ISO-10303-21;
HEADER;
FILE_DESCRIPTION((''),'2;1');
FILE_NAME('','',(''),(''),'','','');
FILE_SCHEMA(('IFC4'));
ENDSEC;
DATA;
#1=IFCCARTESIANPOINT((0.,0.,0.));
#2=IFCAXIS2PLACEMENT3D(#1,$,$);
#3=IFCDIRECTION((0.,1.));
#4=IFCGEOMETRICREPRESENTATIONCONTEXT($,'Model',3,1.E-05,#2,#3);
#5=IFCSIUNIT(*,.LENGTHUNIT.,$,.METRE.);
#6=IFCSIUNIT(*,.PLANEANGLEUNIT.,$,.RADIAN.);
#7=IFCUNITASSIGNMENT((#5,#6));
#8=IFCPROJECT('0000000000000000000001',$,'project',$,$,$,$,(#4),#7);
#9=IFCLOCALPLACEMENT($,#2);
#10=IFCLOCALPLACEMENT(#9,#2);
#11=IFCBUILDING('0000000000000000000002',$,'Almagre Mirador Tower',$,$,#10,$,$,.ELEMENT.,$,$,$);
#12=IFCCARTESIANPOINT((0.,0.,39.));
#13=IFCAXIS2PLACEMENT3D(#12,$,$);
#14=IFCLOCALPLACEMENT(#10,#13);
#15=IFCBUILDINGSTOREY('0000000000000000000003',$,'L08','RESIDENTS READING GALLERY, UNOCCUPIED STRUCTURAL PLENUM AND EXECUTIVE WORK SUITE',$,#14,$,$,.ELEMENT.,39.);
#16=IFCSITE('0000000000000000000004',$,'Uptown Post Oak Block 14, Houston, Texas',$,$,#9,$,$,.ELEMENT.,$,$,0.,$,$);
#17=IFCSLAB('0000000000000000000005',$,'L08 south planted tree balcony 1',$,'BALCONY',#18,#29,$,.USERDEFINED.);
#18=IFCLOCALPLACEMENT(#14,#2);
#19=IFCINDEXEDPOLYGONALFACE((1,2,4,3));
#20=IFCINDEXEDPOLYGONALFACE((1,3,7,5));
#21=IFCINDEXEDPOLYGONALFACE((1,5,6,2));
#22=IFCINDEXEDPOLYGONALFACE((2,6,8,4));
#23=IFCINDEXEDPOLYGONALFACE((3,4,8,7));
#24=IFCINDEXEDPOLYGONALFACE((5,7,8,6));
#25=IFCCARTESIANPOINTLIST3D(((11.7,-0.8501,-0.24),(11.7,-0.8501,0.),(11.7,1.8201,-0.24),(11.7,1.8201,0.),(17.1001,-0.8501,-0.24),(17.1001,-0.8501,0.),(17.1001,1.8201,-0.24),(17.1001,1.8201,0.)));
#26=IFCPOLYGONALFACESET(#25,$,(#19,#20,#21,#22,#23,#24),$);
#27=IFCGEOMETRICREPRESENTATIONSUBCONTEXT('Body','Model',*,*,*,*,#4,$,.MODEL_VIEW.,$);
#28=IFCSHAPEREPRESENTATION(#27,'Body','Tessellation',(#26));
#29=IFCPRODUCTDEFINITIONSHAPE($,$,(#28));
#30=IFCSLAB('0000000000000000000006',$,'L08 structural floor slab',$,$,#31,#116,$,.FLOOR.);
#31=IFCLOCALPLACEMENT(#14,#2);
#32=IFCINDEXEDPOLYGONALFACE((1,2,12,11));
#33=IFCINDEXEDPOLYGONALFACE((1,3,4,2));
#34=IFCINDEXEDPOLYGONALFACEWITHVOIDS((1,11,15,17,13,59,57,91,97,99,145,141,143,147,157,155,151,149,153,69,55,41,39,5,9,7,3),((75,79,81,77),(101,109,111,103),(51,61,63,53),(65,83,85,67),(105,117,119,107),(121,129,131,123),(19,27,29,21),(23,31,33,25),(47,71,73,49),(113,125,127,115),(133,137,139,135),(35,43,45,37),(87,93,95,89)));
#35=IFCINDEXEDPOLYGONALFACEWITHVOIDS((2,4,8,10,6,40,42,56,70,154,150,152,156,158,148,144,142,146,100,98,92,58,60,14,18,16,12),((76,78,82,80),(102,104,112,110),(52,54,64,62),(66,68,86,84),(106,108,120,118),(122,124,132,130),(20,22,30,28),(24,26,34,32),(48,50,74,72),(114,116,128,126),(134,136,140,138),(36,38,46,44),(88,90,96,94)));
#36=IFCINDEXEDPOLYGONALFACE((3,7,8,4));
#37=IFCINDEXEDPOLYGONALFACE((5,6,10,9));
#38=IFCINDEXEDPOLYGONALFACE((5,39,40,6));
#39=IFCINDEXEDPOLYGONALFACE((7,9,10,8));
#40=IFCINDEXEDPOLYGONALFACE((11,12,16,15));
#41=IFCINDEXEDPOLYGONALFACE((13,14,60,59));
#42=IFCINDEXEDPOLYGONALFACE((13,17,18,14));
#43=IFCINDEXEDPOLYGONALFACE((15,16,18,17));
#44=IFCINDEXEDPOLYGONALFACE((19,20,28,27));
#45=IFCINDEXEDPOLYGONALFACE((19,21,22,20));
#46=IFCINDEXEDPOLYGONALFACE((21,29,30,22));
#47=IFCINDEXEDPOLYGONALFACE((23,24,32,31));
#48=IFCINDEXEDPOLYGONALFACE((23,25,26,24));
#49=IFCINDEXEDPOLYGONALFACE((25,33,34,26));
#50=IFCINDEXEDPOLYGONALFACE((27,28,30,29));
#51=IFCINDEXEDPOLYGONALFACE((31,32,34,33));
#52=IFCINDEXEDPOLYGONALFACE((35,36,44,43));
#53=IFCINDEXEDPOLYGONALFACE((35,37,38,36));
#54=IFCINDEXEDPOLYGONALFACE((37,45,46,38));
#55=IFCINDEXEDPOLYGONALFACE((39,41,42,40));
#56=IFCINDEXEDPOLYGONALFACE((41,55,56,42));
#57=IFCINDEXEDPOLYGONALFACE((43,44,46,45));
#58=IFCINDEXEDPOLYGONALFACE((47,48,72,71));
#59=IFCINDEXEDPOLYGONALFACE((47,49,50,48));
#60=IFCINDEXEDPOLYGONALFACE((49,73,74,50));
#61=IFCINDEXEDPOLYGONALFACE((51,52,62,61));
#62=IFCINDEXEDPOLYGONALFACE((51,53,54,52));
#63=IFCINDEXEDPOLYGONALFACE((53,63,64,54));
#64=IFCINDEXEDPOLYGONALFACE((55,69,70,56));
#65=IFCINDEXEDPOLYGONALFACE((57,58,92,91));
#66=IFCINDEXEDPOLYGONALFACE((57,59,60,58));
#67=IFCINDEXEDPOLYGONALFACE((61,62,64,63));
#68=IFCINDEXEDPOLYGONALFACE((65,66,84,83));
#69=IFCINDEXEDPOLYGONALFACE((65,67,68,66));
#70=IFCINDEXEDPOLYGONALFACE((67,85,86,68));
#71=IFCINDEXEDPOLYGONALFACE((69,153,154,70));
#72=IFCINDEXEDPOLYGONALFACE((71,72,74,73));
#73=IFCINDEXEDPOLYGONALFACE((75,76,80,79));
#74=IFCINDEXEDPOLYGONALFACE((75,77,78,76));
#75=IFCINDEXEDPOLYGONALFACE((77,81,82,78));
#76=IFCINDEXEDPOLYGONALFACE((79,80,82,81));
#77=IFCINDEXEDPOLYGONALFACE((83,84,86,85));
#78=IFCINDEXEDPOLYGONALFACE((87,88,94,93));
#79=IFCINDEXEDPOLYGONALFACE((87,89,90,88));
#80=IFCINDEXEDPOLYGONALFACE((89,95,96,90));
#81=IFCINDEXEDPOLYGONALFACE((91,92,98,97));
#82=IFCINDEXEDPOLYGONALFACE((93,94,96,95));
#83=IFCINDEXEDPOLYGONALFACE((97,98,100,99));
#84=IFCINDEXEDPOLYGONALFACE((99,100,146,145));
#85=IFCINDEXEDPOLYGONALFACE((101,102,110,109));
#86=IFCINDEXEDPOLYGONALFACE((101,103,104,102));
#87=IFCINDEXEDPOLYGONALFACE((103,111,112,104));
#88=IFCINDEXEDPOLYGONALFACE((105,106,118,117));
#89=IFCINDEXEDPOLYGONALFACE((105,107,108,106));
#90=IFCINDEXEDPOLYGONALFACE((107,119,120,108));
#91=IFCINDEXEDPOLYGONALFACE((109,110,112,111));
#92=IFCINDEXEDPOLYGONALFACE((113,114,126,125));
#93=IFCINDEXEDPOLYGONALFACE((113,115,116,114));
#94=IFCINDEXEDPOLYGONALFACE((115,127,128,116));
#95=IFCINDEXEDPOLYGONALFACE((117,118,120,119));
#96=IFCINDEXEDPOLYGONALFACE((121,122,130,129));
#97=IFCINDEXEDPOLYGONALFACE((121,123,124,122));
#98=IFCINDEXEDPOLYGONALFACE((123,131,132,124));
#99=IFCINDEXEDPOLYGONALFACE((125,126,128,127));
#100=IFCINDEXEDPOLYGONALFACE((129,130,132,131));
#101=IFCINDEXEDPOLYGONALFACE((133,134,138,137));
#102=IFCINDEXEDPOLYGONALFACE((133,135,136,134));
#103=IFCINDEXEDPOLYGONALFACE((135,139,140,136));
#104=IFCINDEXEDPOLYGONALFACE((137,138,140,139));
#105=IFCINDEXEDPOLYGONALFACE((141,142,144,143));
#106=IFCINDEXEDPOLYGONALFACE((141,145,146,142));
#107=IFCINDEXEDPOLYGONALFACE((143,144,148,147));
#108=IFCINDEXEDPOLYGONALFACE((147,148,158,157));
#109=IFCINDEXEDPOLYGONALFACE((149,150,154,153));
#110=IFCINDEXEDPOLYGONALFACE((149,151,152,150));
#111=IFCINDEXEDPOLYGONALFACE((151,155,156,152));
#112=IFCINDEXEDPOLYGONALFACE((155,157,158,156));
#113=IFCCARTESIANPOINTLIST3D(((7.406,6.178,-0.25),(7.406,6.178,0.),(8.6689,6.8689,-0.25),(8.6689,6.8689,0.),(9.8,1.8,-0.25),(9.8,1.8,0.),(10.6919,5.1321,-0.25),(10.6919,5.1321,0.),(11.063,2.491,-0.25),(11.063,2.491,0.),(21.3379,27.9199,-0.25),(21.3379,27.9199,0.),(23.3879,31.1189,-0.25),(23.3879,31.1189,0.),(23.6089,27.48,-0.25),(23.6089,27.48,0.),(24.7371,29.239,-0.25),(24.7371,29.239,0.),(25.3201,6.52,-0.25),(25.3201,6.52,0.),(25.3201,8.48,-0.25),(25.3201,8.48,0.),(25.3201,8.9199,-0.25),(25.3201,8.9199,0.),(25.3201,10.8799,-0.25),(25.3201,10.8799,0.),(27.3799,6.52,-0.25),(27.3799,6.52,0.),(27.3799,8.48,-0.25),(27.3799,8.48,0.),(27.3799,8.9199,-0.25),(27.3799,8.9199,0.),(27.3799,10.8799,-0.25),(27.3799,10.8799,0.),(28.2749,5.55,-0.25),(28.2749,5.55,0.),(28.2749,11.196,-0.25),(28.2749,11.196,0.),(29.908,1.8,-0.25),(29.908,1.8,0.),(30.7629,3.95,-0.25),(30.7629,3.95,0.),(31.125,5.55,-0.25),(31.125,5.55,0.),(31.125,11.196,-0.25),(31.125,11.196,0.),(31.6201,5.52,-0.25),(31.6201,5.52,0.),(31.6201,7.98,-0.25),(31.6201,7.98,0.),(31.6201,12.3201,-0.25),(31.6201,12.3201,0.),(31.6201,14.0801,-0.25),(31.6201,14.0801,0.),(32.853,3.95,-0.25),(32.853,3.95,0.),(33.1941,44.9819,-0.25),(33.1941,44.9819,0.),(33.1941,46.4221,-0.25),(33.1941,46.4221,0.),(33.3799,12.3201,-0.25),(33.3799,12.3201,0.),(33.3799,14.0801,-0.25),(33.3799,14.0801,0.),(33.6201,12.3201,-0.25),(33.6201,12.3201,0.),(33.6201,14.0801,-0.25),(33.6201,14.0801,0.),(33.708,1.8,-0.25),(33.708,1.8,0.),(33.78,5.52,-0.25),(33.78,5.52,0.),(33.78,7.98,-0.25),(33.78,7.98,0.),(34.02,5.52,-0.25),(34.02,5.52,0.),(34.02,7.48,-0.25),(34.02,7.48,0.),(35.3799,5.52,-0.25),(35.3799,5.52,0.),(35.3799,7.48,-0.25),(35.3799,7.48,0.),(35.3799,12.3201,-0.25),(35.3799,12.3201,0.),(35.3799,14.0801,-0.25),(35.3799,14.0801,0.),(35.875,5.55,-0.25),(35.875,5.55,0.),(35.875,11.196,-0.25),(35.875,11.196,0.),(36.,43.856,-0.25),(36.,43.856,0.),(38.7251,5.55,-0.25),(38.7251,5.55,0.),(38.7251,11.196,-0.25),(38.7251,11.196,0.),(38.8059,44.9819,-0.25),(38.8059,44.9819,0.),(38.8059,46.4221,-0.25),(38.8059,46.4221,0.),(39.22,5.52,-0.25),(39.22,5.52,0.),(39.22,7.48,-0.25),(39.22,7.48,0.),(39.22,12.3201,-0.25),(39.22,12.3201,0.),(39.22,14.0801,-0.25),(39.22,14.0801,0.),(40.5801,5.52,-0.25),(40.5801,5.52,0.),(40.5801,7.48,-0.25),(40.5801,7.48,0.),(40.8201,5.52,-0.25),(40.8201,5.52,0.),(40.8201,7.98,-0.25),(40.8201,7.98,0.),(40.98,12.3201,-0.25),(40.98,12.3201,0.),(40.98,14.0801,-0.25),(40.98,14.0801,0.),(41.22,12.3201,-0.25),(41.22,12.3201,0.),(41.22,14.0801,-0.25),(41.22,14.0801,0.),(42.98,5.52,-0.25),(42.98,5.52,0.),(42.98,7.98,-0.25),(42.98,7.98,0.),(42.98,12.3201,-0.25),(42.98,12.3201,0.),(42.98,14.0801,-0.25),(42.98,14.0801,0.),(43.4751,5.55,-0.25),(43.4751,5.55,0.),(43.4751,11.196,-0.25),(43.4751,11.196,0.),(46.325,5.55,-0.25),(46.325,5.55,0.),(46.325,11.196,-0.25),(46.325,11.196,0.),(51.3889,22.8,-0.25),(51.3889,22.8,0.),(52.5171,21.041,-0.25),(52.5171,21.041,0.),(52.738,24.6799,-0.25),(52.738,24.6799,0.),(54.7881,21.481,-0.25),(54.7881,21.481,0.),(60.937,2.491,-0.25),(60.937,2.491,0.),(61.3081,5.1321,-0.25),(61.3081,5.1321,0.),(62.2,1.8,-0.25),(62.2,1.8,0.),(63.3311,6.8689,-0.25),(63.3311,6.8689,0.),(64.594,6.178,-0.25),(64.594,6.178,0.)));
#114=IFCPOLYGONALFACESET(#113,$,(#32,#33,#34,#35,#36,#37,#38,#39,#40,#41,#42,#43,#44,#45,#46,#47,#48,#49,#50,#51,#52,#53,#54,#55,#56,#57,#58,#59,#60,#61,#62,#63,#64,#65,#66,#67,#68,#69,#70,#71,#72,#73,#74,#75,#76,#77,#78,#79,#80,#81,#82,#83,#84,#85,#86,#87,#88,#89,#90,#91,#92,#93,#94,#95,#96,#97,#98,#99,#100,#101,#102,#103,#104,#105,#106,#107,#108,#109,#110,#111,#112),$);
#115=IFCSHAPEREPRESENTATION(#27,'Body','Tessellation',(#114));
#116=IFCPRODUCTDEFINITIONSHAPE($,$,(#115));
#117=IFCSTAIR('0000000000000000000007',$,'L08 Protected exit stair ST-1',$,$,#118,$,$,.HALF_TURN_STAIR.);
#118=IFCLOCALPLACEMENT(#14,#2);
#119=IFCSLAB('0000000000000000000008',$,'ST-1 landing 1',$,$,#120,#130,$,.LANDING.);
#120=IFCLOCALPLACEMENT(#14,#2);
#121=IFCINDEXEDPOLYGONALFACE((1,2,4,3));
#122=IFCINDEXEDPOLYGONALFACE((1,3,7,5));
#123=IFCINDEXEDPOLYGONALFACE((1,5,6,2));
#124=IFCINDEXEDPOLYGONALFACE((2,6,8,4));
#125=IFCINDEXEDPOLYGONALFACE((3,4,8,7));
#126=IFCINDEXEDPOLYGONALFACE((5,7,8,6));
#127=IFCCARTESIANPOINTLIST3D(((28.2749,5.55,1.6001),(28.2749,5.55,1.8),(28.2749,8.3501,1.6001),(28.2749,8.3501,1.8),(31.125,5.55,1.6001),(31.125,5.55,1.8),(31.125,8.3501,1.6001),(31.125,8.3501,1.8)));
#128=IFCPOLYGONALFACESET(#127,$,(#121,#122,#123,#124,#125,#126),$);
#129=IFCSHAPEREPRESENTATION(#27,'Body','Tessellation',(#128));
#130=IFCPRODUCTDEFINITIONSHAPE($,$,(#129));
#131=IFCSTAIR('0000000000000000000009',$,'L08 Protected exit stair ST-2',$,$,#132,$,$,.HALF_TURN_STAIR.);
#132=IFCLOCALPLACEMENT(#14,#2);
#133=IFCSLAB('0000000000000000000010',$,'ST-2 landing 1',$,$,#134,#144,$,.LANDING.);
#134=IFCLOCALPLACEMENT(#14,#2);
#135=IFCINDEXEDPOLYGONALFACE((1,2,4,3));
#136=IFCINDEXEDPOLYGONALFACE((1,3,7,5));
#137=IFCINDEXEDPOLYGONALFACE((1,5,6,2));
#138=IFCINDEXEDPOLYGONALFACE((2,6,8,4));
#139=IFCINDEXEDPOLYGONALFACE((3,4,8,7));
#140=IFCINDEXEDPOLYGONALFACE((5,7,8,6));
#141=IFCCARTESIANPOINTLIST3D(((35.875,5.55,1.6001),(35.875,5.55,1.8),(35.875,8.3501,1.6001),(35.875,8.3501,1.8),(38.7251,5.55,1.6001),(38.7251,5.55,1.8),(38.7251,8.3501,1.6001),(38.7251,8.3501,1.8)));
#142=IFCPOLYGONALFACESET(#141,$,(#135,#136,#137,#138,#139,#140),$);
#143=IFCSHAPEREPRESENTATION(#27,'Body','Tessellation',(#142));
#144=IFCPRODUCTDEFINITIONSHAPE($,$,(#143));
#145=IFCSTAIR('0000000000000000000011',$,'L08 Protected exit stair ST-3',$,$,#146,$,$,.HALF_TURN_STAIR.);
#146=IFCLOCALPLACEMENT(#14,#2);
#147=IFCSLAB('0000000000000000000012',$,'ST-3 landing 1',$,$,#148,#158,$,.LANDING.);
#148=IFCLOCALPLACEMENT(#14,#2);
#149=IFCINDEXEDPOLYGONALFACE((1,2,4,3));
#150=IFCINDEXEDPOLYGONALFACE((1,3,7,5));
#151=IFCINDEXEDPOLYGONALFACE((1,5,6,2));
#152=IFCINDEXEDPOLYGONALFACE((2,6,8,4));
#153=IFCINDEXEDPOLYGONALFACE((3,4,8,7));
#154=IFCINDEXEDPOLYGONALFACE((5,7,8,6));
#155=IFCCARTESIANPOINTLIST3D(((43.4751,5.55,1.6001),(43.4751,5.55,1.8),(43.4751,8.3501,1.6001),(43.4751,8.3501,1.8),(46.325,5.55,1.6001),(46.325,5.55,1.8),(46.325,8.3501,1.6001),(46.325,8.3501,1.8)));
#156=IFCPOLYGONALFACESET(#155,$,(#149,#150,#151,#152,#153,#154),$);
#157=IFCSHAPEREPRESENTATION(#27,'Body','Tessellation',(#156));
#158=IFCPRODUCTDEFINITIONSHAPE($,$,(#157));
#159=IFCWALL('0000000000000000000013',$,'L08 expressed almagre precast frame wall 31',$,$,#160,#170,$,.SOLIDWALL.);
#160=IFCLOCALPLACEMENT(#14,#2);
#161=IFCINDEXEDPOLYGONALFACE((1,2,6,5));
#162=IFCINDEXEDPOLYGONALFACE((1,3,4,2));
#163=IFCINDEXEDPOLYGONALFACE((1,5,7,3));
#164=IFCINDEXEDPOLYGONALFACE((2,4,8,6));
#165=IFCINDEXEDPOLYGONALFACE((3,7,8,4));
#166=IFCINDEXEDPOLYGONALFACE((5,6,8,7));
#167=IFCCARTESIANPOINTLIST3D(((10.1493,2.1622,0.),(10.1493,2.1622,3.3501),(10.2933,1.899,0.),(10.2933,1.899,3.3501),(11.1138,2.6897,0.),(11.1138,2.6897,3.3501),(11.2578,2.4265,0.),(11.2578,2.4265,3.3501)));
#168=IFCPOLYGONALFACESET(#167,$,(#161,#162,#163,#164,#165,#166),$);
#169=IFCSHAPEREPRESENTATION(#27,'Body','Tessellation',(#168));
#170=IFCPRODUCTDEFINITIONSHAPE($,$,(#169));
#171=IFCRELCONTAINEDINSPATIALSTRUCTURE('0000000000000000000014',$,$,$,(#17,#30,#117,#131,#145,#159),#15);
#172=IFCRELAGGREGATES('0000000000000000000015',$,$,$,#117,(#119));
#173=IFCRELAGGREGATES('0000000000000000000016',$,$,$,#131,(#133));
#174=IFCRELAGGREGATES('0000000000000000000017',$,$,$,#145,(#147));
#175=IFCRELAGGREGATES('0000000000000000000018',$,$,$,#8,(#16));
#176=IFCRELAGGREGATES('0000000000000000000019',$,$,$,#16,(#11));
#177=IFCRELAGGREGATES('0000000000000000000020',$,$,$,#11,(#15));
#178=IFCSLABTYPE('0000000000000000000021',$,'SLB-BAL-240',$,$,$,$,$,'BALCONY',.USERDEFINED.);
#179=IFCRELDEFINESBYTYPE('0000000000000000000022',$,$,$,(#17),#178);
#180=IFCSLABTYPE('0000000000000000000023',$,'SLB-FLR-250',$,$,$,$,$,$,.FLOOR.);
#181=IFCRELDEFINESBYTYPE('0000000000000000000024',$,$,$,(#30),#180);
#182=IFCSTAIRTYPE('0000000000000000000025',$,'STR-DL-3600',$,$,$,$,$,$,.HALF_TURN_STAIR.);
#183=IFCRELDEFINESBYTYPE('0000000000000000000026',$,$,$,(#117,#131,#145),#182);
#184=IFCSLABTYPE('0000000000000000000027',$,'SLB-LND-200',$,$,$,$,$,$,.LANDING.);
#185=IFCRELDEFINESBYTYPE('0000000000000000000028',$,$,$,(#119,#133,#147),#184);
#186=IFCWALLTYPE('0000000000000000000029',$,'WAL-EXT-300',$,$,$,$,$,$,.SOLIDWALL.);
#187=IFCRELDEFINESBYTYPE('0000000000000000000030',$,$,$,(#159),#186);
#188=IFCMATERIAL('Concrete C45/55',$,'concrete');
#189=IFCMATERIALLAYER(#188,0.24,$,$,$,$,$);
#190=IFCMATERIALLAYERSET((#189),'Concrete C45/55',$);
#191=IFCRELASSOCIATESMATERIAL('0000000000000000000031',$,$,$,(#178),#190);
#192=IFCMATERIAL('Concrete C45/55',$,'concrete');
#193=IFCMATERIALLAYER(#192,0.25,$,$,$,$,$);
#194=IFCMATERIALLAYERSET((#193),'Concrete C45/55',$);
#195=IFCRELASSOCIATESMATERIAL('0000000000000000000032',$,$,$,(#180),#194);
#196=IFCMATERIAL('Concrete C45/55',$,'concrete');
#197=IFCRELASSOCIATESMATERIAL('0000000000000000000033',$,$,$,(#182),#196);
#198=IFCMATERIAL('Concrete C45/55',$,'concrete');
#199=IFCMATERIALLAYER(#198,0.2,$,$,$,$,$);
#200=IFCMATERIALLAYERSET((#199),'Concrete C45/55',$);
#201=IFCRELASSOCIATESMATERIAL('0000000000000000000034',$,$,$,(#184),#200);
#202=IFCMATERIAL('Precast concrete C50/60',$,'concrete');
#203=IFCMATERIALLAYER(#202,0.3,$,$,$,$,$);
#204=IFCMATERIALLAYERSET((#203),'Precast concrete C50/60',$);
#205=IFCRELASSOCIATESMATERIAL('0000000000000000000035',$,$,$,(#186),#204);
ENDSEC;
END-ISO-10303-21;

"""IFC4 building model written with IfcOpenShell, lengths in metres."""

from ifc_helpers import new_model, si_unit, direction, frame, frame_2d, origin, place, context, subcontext, project, spatial, polyline, rectangle, outline, extrude, material, layer, layer_set, type_object, element, aggregate, save


model = new_model("IFC4")

# Units and contexts
model_context = context("Model", 3, precision=1e-05, world=origin(), true_north=direction((0.0, 1.0)))
body_context = subcontext(model_context, "Body", "Model", "MODEL_VIEW")
ifc_project = project(units=[si_unit("LENGTHUNIT", "METRE"), si_unit("PLANEANGLEUNIT", "RADIAN")], contexts=[model_context])

# Site, building, storey
site_placement = place(None, origin())
site = spatial("IfcSite", under=ifc_project, at=site_placement, Name="Uptown Post Oak Block 14, Houston, Texas", CompositionType="ELEMENT", RefElevation=0.0)
building_placement = place(site_placement, origin())
building = spatial("IfcBuilding", under=site, at=building_placement, Name="Almagre Mirador Tower", CompositionType="ELEMENT")
storey_placement = place(building_placement, frame((0.0, 0.0, 39.0)))
storey = spatial("IfcBuildingStorey", under=building, at=storey_placement, Name="L08", Description="RESIDENTS READING GALLERY, UNOCCUPIED STRUCTURAL PLENUM AND EXECUTIVE WORK SUITE", CompositionType="ELEMENT", Elevation=39.0)

# Slabs
ifc_material_1 = material(Name="Concrete C45/55", Category="concrete")
ifc_layer_1 = layer(ifc_material_1, 0.24)
ifc_layer_set_1 = layer_set([ifc_layer_1], Name="Concrete C45/55")
slab_type_1 = type_object("IfcSlabType", Name="SLB-BAL-240", ElementType="BALCONY", PredefinedType="USERDEFINED", material=ifc_layer_set_1)
slab_1_placement = place(storey_placement, frame((0.0, 0.0, -0.24)))
element("IfcSlab", 1, at=slab_1_placement, inside=storey, type_object=slab_type_1, Name="L08 south planted tree balcony 1", ObjectType="BALCONY", PredefinedType="USERDEFINED", context=body_context, shape_type="SweptSolid", body=[
    extrude(outline(polyline([(11.7, 1.8201), (17.1001, 1.8201), (17.1001, -0.8501), (11.7, -0.8501), (11.7, 1.8201)])), origin(), (0.0, 0.0, 1.0), 0.24),
])
ifc_material_2 = material(Name="Concrete C45/55", Category="concrete")
ifc_layer_2 = layer(ifc_material_2, 0.25)
ifc_layer_set_2 = layer_set([ifc_layer_2], Name="Concrete C45/55")
slab_type_2 = type_object("IfcSlabType", Name="SLB-FLR-250", PredefinedType="FLOOR", material=ifc_layer_set_2)
slab_2_placement = place(storey_placement, frame((0.0, 0.0, -0.25)))
element("IfcSlab", 2, at=slab_2_placement, inside=storey, type_object=slab_type_2, Name="L08 structural floor slab", PredefinedType="FLOOR", context=body_context, shape_type="SweptSolid", body=[
    extrude(outline(polyline([(7.406, 6.178), (8.6689, 6.8689), (10.6919, 5.1321), (11.063, 2.491), (9.8, 1.8), (29.908, 1.8), (30.7629, 3.95), (32.853, 3.95), (33.708, 1.8), (62.2, 1.8), (60.937, 2.491), (61.3081, 5.1321), (63.3311, 6.8689), (64.594, 6.178), (54.7881, 21.481), (52.5171, 21.041), (51.3889, 22.8), (52.738, 24.6799), (38.8059, 46.4221), (38.8059, 44.9819), (36.0, 43.856), (33.1941, 44.9819), (33.1941, 46.4221), (23.3879, 31.1189), (24.7371, 29.239), (23.6089, 27.48), (21.3379, 27.9199), (7.406, 6.178)]), holes=[polyline([(43.4751, 11.196), (46.325, 11.196), (46.325, 5.55), (43.4751, 5.55), (43.4751, 11.196)]), polyline([(40.8201, 5.52), (40.8201, 7.98), (42.98, 7.98), (42.98, 5.52), (40.8201, 5.52)]), polyline([(41.22, 12.3201), (41.22, 14.0801), (42.98, 14.0801), (42.98, 12.3201), (41.22, 12.3201)]), polyline([(39.22, 12.3201), (39.22, 14.0801), (40.98, 14.0801), (40.98, 12.3201), (39.22, 12.3201)]), polyline([(39.22, 5.52), (39.22, 7.48), (40.5801, 7.48), (40.5801, 5.52), (39.22, 5.52)]), polyline([(35.875, 11.196), (38.7251, 11.196), (38.7251, 5.55), (35.875, 5.55), (35.875, 11.196)]), polyline([(35.3799, 5.52), (34.02, 5.52), (34.02, 7.48), (35.3799, 7.48), (35.3799, 5.52)]), polyline([(35.3799, 12.3201), (33.6201, 12.3201), (33.6201, 14.0801), (35.3799, 14.0801), (35.3799, 12.3201)]), polyline([(31.6201, 5.52), (31.6201, 7.98), (33.78, 7.98), (33.78, 5.52), (31.6201, 5.52)]), polyline([(31.6201, 12.3201), (31.6201, 14.0801), (33.3799, 14.0801), (33.3799, 12.3201), (31.6201, 12.3201)]), polyline([(28.2749, 5.55), (28.2749, 11.196), (31.125, 11.196), (31.125, 5.55), (28.2749, 5.55)]), polyline([(25.3201, 6.52), (25.3201, 8.48), (27.3799, 8.48), (27.3799, 6.52), (25.3201, 6.52)]), polyline([(25.3201, 8.9199), (25.3201, 10.8799), (27.3799, 10.8799), (27.3799, 8.9199), (25.3201, 8.9199)])]), origin(), (0.0, 0.0, 1.0), 0.25),
])

# Stairs, slabs
ifc_material_3 = material(Name="Concrete C45/55", Category="concrete")
stair_type = type_object("IfcStairType", Name="STR-DL-3600", PredefinedType="HALF_TURN_STAIR", material=ifc_material_3)
stair_1_placement = place(storey_placement, origin())
stair_1 = element("IfcStair", 3, at=stair_1_placement, inside=storey, type_object=stair_type, Name="L08 Protected exit stair ST-1", PredefinedType="HALF_TURN_STAIR")
ifc_material_4 = material(Name="Concrete C45/55", Category="concrete")
ifc_layer_3 = layer(ifc_material_4, 0.2)
ifc_layer_set_3 = layer_set([ifc_layer_3], Name="Concrete C45/55")
slab_type_3 = type_object("IfcSlabType", Name="SLB-LND-200", PredefinedType="LANDING", material=ifc_layer_set_3)
slab_3_placement = place(storey_placement, frame((0.0, 0.0, 1.6001)))
slab_3 = element("IfcSlab", 4, at=slab_3_placement, type_object=slab_type_3, Name="ST-1 landing 1", PredefinedType="LANDING", context=body_context, shape_type="SweptSolid", body=[
    extrude(outline(polyline([(28.2749, 8.3501), (28.2749, 5.55), (31.125, 5.55), (31.125, 8.3501), (28.2749, 8.3501)])), origin(), (0.0, 0.0, 1.0), 0.2),
])
aggregate(stair_1, [slab_3])
stair_2_placement = place(storey_placement, origin())
stair_2 = element("IfcStair", 5, at=stair_2_placement, inside=storey, type_object=stair_type, Name="L08 Protected exit stair ST-2", PredefinedType="HALF_TURN_STAIR")
slab_4_placement = place(storey_placement, frame((0.0, 0.0, 1.6001)))
slab_4 = element("IfcSlab", 6, at=slab_4_placement, type_object=slab_type_3, Name="ST-2 landing 1", PredefinedType="LANDING", context=body_context, shape_type="SweptSolid", body=[
    extrude(outline(polyline([(35.875, 8.3501), (35.875, 5.55), (38.7251, 5.55), (38.7251, 8.3501), (35.875, 8.3501)])), origin(), (0.0, 0.0, 1.0), 0.2),
])
aggregate(stair_2, [slab_4])
stair_3_placement = place(storey_placement, origin())
stair_3 = element("IfcStair", 7, at=stair_3_placement, inside=storey, type_object=stair_type, Name="L08 Protected exit stair ST-3", PredefinedType="HALF_TURN_STAIR")
slab_5_placement = place(storey_placement, frame((0.0, 0.0, 1.6001)))
slab_5 = element("IfcSlab", 8, at=slab_5_placement, type_object=slab_type_3, Name="ST-3 landing 1", PredefinedType="LANDING", context=body_context, shape_type="SweptSolid", body=[
    extrude(outline(polyline([(43.4751, 8.3501), (43.4751, 5.55), (46.325, 5.55), (46.325, 8.3501), (43.4751, 8.3501)])), origin(), (0.0, 0.0, 1.0), 0.2),
])
aggregate(stair_3, [slab_5])

# Wall
ifc_material_5 = material(Name="Precast concrete C50/60", Category="concrete")
ifc_layer_4 = layer(ifc_material_5, 0.3)
ifc_layer_set_4 = layer_set([ifc_layer_4], Name="Precast concrete C50/60")
wall_type_1 = type_object("IfcWallType", Name="WAL-EXT-300", PredefinedType="SOLIDWALL", material=ifc_layer_set_4)
wall_1_placement = place(storey_placement, frame((10.2212, 2.0305, 0.0), z_axis=(0.0, 0.0, 1.0), x_axis=(0.877343, 0.479863, 0.0)))
element("IfcWall", 9, at=wall_1_placement, inside=storey, type_object=wall_type_1, Name="L08 expressed almagre precast frame wall 31", PredefinedType="SOLIDWALL", context=body_context, shape_type="SweptSolid", body=[
    extrude(rectangle(XDim=1.0994, YDim=0.3, at=frame_2d((0.5498, 0.0))), origin(), (0.0, 0.0, 1.0), 3.3501),
])

save(model, "model.ifc")
